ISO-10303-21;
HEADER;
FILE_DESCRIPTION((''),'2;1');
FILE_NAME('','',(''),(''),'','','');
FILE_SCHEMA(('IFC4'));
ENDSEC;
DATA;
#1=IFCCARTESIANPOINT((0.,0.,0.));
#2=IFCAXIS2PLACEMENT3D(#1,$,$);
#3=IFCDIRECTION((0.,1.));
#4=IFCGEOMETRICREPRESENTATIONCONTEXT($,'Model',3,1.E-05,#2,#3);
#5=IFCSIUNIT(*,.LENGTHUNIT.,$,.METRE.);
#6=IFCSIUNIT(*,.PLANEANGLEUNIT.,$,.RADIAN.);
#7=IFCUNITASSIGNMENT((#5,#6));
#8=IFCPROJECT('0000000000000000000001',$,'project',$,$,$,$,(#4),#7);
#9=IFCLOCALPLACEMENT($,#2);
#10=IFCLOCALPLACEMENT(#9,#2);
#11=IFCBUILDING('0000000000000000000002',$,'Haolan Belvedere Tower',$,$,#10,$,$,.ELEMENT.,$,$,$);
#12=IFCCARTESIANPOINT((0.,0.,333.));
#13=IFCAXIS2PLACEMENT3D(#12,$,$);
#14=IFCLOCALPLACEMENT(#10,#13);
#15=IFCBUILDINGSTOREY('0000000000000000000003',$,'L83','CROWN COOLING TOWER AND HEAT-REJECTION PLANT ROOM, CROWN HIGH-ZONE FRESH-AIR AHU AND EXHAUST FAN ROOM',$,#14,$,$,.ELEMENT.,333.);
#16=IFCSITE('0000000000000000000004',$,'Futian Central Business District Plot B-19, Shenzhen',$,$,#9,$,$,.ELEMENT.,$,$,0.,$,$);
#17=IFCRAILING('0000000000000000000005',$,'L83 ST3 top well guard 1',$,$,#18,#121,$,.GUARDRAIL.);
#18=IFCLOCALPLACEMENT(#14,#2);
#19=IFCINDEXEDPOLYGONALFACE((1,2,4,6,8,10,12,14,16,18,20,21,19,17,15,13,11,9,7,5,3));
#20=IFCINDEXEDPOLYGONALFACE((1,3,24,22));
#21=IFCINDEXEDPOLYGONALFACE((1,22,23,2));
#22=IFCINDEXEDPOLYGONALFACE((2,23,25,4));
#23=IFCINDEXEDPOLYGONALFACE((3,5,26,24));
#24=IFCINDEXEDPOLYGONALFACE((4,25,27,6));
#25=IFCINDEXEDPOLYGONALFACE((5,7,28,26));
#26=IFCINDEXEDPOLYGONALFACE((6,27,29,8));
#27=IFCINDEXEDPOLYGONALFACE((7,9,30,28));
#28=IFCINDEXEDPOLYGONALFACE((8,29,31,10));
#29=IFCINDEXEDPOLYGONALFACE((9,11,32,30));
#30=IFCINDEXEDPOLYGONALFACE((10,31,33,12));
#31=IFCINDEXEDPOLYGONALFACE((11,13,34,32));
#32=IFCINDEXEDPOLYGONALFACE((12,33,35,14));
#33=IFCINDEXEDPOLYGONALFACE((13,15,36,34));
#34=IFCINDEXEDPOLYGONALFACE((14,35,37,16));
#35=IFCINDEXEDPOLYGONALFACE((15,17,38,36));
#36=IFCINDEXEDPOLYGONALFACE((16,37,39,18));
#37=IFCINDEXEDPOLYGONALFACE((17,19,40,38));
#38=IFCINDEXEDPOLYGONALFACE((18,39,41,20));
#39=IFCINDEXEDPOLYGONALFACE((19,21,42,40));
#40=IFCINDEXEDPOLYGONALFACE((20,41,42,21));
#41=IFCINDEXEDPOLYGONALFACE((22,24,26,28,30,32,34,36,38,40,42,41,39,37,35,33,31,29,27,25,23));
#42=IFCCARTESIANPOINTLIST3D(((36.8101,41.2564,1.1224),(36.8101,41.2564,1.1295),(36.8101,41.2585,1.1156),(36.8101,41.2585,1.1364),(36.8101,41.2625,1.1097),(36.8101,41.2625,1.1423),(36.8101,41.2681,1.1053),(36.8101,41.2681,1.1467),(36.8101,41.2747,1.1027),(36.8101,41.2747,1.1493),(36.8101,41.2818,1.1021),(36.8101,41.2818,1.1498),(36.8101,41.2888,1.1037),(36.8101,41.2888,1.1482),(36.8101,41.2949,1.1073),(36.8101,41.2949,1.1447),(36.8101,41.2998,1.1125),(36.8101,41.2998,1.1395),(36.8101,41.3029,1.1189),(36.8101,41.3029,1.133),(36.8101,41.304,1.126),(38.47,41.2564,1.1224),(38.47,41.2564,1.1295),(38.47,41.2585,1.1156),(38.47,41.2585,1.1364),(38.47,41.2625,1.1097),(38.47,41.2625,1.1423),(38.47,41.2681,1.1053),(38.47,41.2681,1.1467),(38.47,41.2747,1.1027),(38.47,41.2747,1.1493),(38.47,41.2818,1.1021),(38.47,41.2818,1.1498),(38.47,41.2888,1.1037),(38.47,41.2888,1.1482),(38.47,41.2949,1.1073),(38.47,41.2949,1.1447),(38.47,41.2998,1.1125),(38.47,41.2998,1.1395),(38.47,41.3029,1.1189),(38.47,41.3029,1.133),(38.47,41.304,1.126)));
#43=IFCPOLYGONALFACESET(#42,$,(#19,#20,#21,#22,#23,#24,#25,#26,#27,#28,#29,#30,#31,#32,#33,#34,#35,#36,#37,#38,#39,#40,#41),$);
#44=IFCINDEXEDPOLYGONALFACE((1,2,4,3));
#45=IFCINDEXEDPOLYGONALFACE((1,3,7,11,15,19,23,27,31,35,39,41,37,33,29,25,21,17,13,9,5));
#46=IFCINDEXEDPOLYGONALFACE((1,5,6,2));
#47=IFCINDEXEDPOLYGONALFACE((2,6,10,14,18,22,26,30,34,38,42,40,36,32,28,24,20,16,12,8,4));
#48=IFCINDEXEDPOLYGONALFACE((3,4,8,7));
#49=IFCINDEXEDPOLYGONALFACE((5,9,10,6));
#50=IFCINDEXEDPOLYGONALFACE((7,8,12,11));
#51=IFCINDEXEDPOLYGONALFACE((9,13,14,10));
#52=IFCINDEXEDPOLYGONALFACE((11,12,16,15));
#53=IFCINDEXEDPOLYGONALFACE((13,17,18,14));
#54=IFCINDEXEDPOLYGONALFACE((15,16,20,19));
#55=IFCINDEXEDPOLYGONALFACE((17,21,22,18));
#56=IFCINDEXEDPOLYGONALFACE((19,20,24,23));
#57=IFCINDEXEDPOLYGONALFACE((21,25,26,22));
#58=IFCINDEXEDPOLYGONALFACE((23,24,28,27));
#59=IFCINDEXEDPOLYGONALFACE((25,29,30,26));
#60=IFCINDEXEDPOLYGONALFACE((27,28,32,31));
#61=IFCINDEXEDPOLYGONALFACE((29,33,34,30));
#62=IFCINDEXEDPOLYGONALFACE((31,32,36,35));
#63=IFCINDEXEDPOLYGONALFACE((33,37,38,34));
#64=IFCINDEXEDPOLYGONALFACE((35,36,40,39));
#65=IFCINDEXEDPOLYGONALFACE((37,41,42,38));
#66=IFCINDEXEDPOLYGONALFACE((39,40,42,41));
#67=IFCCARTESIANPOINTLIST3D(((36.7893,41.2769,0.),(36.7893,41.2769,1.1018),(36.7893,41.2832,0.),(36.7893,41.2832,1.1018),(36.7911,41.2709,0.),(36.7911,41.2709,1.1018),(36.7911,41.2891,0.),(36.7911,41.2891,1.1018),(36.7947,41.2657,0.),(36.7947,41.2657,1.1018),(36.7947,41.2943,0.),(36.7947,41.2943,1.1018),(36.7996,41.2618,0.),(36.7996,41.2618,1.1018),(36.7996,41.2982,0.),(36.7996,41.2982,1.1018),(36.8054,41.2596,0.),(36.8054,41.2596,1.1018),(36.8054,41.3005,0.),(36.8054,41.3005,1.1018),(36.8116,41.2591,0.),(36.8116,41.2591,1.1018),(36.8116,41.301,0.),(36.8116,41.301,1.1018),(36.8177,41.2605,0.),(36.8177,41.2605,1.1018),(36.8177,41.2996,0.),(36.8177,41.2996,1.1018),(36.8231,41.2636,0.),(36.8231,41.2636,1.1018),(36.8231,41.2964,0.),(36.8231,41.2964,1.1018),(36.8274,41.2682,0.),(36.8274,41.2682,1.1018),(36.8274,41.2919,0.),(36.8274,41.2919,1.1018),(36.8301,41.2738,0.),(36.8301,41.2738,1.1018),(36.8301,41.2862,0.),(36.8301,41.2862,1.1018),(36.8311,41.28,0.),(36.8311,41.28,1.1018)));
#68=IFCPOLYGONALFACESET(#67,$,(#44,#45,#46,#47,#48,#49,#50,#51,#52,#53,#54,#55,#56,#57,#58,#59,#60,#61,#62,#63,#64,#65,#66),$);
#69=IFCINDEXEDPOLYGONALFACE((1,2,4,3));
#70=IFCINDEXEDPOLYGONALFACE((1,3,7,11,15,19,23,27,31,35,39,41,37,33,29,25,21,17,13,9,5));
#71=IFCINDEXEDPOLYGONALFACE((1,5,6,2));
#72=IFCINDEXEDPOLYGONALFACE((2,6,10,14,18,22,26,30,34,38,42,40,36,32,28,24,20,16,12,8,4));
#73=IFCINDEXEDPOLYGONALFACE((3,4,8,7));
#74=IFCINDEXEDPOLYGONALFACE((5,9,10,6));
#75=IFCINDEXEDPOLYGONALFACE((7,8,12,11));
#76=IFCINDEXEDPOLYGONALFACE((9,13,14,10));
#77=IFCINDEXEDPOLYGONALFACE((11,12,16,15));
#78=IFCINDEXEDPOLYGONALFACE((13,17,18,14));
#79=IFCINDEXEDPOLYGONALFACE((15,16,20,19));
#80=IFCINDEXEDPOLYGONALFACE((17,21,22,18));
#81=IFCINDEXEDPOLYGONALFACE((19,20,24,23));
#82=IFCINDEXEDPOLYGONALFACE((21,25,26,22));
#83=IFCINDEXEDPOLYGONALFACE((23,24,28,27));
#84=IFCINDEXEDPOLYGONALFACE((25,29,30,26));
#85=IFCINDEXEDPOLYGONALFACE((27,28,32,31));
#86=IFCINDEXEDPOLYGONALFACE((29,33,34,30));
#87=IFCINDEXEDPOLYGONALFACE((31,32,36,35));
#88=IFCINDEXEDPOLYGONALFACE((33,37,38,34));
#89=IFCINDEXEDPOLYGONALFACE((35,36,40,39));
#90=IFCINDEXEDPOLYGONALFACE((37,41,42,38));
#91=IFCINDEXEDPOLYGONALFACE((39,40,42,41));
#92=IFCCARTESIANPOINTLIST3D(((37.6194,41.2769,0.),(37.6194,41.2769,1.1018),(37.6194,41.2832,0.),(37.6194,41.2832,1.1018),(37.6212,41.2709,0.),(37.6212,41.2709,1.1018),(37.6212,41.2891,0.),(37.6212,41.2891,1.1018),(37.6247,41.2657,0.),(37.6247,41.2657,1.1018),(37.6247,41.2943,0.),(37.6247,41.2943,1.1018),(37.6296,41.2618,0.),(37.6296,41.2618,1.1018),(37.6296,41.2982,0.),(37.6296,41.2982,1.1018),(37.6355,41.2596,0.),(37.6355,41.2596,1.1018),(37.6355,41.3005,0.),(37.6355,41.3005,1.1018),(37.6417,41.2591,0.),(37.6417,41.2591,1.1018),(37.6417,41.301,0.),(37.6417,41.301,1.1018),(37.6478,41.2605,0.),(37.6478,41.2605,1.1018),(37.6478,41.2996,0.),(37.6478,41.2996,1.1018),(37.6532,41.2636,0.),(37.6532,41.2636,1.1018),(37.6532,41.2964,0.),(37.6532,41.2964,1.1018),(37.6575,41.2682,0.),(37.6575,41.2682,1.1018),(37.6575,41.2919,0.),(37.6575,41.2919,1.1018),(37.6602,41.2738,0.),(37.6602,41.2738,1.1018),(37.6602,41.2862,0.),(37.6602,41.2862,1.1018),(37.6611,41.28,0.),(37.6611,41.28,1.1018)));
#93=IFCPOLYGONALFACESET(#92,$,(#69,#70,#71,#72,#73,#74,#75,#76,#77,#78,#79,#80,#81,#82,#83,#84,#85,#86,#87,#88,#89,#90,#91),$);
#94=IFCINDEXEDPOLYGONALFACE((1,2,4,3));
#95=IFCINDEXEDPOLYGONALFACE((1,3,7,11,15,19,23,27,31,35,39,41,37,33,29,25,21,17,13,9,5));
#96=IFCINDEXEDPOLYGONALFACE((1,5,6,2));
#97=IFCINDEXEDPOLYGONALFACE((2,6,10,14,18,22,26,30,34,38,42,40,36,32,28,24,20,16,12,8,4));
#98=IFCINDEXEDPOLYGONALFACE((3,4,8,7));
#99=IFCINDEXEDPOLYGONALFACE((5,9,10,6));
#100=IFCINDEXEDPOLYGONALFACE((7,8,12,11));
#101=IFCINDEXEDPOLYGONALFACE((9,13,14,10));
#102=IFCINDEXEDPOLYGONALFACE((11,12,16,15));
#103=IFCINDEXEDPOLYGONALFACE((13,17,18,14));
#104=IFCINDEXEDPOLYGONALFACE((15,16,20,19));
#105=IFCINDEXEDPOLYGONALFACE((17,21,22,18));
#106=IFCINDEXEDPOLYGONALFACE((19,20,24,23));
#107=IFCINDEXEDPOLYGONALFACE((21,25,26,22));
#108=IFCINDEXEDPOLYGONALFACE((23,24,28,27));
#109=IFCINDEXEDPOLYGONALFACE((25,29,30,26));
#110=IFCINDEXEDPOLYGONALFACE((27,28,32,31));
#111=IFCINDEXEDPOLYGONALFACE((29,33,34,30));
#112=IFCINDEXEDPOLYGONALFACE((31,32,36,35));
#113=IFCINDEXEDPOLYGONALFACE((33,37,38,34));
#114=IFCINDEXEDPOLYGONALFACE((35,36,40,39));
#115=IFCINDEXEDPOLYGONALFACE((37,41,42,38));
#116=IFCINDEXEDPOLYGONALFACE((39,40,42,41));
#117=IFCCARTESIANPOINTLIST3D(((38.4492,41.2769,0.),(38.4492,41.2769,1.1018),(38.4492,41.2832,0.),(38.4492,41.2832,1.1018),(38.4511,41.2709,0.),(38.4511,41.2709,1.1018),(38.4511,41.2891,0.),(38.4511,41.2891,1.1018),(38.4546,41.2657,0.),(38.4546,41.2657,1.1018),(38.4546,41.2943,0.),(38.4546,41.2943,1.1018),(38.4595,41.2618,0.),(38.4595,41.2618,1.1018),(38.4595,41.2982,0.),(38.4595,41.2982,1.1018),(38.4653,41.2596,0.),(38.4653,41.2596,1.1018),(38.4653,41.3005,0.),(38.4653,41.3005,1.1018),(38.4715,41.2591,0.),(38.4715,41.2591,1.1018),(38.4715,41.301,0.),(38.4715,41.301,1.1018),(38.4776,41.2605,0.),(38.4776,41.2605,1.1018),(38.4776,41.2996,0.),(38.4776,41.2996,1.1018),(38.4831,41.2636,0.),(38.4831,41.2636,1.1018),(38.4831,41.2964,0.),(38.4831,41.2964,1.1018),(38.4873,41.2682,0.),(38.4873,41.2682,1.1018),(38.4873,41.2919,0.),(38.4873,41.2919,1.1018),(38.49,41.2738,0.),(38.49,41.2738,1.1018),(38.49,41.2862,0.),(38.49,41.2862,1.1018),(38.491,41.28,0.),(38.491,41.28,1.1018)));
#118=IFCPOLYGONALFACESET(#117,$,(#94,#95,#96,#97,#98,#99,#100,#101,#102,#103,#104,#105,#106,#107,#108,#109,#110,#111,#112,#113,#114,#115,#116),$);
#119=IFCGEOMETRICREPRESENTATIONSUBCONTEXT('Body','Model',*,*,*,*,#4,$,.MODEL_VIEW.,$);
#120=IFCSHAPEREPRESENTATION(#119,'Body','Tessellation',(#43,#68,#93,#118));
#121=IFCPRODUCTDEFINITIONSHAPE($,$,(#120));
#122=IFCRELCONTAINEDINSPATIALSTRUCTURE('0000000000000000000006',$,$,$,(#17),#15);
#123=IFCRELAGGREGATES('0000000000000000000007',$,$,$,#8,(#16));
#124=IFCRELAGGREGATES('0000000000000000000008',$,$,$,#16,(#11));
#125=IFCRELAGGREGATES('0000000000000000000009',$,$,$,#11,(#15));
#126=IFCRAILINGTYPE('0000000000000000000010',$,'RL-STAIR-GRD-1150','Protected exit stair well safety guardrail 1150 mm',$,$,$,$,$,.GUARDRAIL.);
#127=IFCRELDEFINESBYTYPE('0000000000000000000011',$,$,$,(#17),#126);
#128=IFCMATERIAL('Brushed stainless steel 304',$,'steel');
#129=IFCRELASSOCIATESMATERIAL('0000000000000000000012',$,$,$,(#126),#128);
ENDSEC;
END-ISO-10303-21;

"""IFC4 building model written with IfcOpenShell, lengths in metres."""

from ifc_helpers import new_model, si_unit, direction, frame, origin, origin_2d, place, context, subcontext, project, spatial, circle, extrude, material, type_object, element, save


model = new_model("IFC4")

# Units and contexts
model_context = context("Model", 3, precision=1e-05, world=origin(), true_north=direction((0.0, 1.0)))
body_context = subcontext(model_context, "Body", "Model", "MODEL_VIEW")
ifc_project = project(units=[si_unit("LENGTHUNIT", "METRE"), si_unit("PLANEANGLEUNIT", "RADIAN")], contexts=[model_context])

# Site, building, storey
site_placement = place(None, origin())
site = spatial("IfcSite", under=ifc_project, at=site_placement, Name="Futian Central Business District Plot B-19, Shenzhen", CompositionType="ELEMENT", RefElevation=0.0)
building_placement = place(site_placement, origin())
building = spatial("IfcBuilding", under=site, at=building_placement, Name="Haolan Belvedere Tower", CompositionType="ELEMENT")
storey_placement = place(building_placement, frame((0.0, 0.0, 333.0)))
storey = spatial("IfcBuildingStorey", under=building, at=storey_placement, Name="L83", Description="CROWN COOLING TOWER AND HEAT-REJECTION PLANT ROOM, CROWN HIGH-ZONE FRESH-AIR AHU AND EXHAUST FAN ROOM", CompositionType="ELEMENT", Elevation=333.0)

# Railing
ifc_material_1 = material(Name="Brushed stainless steel 304", Category="steel")
railing_type = type_object("IfcRailingType", Name="RL-STAIR-GRD-1150", Description="Protected exit stair well safety guardrail 1150 mm", PredefinedType="GUARDRAIL", material=ifc_material_1)
railing_1_placement = place(storey_placement, frame((36.8101, 41.28, 0.0)))
element("IfcRailing", 1, at=railing_1_placement, inside=storey, type_object=railing_type, Name="L83 ST3 top well guard 1", PredefinedType="GUARDRAIL", context=body_context, shape_type="SweptSolid", body=[
    extrude(circle(Radius=0.0239, at=origin_2d()), frame((0.0, 0.0, 1.126), z_axis=(1.0, 0.0, 0.0), x_axis=(0.0, 1.0, 0.0)), (0.0, 0.0, 1.0), 1.6599),
    extrude(circle(Radius=0.021, at=origin_2d()), origin(), (0.0, 0.0, 1.0), 1.1018),
    extrude(circle(Radius=0.021, at=origin_2d()), frame((0.8301, 0.0, 0.0)), (0.0, 0.0, 1.0), 1.1018),
    extrude(circle(Radius=0.021, at=origin_2d()), frame((1.6599, 0.0, 0.0)), (0.0, 0.0, 1.0), 1.1018),
])

save(model, "model.ifc")
